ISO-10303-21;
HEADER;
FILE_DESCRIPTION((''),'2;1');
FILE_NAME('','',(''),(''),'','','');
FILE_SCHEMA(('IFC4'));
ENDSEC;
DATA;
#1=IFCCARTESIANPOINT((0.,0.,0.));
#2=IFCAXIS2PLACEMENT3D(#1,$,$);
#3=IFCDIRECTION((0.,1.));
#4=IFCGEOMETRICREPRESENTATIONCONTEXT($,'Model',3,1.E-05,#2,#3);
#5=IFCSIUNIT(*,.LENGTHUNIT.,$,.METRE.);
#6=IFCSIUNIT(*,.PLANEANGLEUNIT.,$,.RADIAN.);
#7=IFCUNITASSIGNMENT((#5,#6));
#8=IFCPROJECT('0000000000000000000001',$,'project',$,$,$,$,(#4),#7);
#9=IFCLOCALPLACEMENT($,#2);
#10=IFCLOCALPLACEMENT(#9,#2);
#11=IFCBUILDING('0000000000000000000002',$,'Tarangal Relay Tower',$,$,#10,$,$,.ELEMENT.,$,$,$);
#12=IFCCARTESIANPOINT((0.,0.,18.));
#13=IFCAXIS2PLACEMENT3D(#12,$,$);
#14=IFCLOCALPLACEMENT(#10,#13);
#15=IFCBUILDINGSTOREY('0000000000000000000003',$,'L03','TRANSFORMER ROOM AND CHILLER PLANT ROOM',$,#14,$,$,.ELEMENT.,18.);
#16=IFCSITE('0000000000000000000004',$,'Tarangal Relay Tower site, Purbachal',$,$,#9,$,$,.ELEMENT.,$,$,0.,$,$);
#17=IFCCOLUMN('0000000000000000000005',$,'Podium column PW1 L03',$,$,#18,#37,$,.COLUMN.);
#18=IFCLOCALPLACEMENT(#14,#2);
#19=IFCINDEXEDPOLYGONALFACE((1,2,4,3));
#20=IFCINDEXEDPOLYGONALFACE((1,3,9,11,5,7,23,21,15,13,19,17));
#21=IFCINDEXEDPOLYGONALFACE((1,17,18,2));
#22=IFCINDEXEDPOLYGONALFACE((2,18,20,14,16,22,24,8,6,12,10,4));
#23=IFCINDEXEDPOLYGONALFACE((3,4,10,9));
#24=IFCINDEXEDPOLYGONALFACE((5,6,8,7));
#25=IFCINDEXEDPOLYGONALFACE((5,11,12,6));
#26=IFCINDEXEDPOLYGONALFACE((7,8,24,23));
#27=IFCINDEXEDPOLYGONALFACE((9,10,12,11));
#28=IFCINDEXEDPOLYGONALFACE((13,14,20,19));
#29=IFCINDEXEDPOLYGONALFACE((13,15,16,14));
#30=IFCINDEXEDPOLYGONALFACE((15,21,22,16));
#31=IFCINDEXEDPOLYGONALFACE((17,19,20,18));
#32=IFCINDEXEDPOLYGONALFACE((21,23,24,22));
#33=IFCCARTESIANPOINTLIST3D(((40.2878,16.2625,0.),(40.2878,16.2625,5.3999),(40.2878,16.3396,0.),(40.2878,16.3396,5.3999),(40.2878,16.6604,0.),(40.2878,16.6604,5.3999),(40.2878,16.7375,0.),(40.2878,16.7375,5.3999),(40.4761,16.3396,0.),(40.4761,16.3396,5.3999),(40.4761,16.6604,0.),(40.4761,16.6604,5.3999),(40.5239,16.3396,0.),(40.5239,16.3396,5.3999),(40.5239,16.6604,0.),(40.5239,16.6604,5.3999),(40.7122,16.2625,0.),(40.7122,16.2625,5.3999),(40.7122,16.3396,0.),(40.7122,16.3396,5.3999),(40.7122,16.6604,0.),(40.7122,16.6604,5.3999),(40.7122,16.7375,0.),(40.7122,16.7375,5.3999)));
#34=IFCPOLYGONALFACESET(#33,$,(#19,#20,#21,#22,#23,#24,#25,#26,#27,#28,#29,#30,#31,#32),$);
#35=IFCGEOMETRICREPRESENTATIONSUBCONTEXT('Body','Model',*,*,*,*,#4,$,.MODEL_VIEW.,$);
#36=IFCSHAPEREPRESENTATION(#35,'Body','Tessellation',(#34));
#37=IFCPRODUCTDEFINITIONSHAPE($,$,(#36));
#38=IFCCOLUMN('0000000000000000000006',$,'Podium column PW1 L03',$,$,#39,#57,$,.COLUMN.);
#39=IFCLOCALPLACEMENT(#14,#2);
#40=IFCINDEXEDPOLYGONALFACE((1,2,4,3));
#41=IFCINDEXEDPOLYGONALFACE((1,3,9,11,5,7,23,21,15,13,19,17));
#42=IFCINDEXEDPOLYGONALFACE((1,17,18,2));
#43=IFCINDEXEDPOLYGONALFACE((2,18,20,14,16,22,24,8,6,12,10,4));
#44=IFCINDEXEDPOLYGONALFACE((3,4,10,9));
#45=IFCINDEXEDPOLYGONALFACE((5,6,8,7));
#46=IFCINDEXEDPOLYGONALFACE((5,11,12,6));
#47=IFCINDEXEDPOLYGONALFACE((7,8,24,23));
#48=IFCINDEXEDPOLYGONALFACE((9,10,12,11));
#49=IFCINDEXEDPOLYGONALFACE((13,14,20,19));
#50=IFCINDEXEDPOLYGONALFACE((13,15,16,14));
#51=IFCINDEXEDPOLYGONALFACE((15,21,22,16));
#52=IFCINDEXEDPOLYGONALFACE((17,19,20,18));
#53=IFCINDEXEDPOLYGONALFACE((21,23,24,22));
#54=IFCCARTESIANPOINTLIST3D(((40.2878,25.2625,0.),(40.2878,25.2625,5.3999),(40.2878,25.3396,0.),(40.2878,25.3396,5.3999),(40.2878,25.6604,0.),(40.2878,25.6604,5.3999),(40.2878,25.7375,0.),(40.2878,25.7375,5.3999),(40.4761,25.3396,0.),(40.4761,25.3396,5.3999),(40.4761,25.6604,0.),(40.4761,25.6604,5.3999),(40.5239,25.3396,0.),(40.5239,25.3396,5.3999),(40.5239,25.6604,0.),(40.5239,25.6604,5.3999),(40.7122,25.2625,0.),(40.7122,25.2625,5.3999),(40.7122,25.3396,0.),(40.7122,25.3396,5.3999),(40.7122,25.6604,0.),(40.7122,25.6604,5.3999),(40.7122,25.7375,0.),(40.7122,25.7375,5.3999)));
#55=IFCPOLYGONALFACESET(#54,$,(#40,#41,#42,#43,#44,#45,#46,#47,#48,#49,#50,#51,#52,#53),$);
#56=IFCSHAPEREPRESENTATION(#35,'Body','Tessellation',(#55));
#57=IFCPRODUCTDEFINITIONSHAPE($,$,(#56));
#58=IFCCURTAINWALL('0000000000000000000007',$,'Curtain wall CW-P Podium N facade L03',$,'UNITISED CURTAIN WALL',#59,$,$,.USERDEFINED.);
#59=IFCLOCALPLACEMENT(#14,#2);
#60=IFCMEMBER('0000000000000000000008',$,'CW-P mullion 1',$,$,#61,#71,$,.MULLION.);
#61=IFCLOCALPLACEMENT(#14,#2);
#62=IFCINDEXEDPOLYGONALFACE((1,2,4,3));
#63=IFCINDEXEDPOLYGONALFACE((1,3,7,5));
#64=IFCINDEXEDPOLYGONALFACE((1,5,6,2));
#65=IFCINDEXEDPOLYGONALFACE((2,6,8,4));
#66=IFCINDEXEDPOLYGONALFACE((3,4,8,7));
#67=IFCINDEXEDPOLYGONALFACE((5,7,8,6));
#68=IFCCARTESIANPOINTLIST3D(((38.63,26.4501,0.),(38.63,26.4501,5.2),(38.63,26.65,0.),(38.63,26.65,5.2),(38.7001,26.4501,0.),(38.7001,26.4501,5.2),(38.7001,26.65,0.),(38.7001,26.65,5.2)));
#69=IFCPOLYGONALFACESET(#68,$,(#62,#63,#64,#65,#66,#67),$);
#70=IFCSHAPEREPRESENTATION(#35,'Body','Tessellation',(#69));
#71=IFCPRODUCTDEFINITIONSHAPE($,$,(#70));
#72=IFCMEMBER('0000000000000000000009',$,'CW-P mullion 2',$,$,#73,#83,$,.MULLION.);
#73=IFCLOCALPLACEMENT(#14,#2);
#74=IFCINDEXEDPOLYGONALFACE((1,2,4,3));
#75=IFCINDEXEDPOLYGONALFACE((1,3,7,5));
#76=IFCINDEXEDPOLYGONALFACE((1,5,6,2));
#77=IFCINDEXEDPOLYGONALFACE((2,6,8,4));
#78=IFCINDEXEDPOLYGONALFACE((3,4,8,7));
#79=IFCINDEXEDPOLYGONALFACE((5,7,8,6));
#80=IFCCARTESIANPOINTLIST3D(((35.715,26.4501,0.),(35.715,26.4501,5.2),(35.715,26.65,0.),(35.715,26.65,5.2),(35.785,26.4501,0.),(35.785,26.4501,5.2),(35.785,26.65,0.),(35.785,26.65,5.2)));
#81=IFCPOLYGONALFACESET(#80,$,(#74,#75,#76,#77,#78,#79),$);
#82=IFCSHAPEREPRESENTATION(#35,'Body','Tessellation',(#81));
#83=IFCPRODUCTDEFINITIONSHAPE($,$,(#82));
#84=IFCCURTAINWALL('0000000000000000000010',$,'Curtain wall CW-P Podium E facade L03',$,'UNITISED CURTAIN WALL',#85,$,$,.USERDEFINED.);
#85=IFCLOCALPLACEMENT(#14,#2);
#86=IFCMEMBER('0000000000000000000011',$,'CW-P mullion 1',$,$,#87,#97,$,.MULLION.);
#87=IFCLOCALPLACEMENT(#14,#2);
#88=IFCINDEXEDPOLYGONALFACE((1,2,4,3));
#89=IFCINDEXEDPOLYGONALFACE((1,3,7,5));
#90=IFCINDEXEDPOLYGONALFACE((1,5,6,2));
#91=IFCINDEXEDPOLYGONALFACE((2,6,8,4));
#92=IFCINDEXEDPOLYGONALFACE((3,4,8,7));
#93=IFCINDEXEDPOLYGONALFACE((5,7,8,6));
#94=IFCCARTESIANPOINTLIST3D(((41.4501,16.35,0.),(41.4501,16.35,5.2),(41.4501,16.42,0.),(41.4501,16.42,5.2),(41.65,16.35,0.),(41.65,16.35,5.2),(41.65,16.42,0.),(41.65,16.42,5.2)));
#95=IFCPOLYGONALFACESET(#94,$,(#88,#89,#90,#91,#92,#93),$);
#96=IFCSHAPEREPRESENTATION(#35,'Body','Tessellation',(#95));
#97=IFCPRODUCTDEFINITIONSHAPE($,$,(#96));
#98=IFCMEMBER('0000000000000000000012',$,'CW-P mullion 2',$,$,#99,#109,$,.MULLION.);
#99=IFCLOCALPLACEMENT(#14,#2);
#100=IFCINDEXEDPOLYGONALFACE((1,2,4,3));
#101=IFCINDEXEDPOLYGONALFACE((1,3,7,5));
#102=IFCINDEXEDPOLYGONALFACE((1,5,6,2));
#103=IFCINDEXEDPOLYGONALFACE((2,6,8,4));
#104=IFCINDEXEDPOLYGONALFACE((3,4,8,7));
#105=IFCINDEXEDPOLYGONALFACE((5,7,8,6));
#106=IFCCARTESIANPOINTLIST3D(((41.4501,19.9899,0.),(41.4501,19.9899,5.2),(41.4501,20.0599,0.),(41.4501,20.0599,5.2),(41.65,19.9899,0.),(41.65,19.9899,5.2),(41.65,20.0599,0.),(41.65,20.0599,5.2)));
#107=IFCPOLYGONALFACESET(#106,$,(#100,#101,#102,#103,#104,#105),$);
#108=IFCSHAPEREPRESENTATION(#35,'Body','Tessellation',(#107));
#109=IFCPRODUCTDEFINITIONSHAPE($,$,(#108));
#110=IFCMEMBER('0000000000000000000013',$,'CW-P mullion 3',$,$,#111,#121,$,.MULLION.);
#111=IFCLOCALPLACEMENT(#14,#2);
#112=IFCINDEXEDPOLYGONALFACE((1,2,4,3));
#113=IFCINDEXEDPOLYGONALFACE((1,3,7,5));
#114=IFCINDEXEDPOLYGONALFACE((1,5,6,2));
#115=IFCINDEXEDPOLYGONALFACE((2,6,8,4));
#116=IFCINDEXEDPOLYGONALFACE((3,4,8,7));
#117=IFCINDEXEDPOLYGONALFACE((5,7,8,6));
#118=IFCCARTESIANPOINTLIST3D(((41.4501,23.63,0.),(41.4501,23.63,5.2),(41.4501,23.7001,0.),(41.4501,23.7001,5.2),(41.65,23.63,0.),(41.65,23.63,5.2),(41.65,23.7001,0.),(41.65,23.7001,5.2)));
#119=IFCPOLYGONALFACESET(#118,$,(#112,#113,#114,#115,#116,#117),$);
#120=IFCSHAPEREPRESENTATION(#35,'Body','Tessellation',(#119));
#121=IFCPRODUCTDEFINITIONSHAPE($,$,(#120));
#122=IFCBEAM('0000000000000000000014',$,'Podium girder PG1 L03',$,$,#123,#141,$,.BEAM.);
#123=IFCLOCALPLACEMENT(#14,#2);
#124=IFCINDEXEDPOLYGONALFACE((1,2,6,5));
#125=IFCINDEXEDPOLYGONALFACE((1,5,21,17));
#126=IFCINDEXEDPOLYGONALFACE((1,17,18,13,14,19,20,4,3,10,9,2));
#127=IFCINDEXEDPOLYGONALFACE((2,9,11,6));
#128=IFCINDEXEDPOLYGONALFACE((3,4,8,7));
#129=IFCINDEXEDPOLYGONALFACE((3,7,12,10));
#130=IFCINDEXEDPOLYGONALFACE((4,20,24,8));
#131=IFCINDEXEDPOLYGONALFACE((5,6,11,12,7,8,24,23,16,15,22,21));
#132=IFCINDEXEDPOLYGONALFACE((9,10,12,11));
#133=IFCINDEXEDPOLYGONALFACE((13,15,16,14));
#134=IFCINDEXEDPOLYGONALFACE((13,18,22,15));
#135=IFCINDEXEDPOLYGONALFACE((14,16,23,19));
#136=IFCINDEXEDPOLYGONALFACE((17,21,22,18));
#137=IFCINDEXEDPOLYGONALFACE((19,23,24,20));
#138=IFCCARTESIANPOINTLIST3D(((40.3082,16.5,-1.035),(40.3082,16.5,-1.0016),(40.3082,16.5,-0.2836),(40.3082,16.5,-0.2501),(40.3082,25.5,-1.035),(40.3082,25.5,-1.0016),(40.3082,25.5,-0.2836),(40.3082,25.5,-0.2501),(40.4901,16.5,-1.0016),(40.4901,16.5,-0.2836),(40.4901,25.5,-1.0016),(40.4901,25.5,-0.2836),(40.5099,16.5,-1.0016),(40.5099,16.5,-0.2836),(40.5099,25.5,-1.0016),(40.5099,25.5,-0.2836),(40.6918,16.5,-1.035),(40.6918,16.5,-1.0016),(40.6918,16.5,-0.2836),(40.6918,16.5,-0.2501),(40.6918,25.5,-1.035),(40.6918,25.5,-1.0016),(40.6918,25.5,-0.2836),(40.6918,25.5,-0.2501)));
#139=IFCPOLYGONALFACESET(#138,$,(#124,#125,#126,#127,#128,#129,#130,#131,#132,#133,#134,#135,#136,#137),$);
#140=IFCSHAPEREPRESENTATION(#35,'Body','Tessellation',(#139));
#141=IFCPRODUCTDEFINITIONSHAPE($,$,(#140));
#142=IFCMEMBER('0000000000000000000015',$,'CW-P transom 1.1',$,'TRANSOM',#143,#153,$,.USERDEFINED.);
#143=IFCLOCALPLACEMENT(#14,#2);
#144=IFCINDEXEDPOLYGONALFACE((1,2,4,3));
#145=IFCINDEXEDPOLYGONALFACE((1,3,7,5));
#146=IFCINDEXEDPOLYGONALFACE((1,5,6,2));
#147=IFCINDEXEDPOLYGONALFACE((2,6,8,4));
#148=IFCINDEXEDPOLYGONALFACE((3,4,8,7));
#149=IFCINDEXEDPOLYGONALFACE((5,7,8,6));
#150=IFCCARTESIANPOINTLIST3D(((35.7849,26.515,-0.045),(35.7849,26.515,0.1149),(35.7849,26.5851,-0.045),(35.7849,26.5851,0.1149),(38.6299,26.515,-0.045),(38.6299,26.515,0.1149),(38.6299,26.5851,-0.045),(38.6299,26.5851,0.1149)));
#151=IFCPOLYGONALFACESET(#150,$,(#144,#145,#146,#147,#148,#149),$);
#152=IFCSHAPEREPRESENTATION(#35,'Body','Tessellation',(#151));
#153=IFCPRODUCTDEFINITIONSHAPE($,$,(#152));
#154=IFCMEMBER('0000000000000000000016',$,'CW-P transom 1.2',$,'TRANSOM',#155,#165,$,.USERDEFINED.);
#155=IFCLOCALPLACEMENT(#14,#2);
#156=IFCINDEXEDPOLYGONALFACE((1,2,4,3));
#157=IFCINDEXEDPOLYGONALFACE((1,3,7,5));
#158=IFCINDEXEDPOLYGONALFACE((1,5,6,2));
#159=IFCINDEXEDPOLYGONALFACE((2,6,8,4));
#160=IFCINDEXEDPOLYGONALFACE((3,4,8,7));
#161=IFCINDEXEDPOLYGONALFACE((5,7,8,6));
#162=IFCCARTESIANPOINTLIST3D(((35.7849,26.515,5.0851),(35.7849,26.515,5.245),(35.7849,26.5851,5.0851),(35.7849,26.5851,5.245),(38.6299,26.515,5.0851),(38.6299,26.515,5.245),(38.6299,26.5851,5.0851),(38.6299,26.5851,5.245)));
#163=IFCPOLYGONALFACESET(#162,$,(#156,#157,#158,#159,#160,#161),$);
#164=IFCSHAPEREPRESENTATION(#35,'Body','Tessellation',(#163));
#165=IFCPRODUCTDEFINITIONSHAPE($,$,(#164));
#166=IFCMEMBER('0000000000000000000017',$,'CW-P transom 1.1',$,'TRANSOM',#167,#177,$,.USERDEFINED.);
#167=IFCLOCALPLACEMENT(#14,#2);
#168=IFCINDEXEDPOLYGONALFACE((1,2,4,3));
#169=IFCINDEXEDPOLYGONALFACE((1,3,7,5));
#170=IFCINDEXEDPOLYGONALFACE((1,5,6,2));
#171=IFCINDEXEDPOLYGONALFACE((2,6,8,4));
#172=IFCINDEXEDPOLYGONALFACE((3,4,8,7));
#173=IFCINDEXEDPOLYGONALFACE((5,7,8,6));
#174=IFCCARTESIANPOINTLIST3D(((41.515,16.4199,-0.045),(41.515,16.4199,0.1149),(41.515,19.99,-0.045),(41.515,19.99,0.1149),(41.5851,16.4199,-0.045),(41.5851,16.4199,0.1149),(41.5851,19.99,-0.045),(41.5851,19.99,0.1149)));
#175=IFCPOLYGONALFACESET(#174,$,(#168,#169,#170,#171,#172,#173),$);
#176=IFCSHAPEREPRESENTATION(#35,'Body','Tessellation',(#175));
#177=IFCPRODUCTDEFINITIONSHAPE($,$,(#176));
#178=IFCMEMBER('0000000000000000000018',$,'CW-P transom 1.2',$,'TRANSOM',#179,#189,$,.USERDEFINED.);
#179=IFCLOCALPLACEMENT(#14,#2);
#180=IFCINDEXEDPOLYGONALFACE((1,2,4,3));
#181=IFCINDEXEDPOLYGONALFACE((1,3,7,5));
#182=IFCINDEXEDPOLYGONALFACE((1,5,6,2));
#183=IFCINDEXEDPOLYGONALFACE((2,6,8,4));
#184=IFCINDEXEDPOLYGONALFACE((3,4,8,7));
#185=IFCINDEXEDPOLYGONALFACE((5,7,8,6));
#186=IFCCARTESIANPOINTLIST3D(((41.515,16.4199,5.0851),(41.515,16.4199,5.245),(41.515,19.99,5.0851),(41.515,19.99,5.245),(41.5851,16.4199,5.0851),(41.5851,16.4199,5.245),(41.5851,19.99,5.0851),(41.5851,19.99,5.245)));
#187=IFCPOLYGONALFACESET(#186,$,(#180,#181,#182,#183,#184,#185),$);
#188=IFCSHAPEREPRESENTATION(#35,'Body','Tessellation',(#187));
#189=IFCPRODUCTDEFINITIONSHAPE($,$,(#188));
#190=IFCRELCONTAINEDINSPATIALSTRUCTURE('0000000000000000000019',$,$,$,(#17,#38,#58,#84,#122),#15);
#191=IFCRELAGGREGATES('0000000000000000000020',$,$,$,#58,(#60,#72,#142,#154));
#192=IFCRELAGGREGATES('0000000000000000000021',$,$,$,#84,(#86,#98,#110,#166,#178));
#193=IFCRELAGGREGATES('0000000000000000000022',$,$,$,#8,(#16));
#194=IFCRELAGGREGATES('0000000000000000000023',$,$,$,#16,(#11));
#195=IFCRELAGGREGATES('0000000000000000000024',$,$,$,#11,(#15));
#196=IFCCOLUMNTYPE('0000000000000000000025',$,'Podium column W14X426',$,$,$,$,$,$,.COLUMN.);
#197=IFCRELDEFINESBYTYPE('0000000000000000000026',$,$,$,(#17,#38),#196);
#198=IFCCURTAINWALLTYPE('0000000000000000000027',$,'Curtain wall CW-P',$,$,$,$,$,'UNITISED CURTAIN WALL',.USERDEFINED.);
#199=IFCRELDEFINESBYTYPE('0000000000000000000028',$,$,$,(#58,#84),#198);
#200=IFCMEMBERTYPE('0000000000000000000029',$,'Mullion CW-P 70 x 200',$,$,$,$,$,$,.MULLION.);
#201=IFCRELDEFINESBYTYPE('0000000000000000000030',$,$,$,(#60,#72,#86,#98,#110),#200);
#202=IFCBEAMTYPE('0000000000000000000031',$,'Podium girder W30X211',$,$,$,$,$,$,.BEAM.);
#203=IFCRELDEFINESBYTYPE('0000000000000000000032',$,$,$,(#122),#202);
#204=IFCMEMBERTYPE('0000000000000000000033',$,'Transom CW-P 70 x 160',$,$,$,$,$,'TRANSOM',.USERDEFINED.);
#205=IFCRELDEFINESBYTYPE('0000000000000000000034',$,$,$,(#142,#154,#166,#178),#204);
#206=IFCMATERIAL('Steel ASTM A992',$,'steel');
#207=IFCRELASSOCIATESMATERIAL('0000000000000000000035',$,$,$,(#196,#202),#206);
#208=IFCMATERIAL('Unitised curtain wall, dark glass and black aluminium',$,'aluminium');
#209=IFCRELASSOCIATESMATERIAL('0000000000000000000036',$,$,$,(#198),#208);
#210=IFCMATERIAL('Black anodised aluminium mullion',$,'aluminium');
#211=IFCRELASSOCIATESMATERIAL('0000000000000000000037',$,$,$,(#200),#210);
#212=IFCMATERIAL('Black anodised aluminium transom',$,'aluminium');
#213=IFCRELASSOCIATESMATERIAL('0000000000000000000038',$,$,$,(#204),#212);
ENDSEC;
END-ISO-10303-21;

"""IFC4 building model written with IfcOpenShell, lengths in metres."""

from ifc_helpers import new_model, si_unit, direction, frame, origin, origin_2d, place, context, subcontext, project, spatial, rectangle, i_section, extrude, material, material_profile, profile_set, type_object, element, aggregate, save


model = new_model("IFC4")

# Units and contexts
model_context = context("Model", 3, precision=1e-05, world=origin(), true_north=direction((0.0, 1.0)))
body_context = subcontext(model_context, "Body", "Model", "MODEL_VIEW")
ifc_project = project(units=[si_unit("LENGTHUNIT", "METRE"), si_unit("PLANEANGLEUNIT", "RADIAN")], contexts=[model_context])

# Site, building, storey
site_placement = place(None, origin())
site = spatial("IfcSite", under=ifc_project, at=site_placement, Name="Tarangal Relay Tower site, Purbachal", CompositionType="ELEMENT", RefElevation=0.0)
building_placement = place(site_placement, origin())
building = spatial("IfcBuilding", under=site, at=building_placement, Name="Tarangal Relay Tower", CompositionType="ELEMENT")
storey_placement = place(building_placement, frame((0.0, 0.0, 18.0)))
storey = spatial("IfcBuildingStorey", under=building, at=storey_placement, Name="L03", Description="TRANSFORMER ROOM AND CHILLER PLANT ROOM", CompositionType="ELEMENT", Elevation=18.0)

# Columns
ifc_material_1 = material(Name="Steel ASTM A992", Category="steel")
ifc_material_profile_1 = material_profile(ifc_material_1, i_section(OverallWidth=0.4243, OverallDepth=0.4751, WebThickness=0.0479, FlangeThickness=0.0771, at=origin_2d()), Name="W14X426")
ifc_profile_set_1 = profile_set([ifc_material_profile_1], Name="Steel ASTM A992")
column_type = type_object("IfcColumnType", Name="Podium column W14X426", PredefinedType="COLUMN", material=ifc_profile_set_1)
for number, where, z_axis, x_axis, name in (
    (1, (40.5, 16.5, 0.0), (0.0, 0.0, 1.0), (1.0, 0.0, 0.0), "Podium column PW1 L03"),
    (2, (40.5, 25.5, 0.0), (0.0, 0.0, 1.0), (1.0, 0.0, 0.0), "Podium column PW1 L03"),
):
    element("IfcColumn", number, at=place(storey_placement, frame(where, z_axis=z_axis, x_axis=x_axis)), inside=storey, type_object=column_type, Name=name, PredefinedType="COLUMN", context=body_context, shape_type="SweptSolid", body=[
        extrude(i_section(OverallWidth=0.4243, OverallDepth=0.4751, WebThickness=0.0479, FlangeThickness=0.0771, at=origin_2d()), origin(), (0.0, 0.0, 1.0), 5.3999),
    ])

# Curtain walls, members
ifc_material_2 = material(Name="Unitised curtain wall, dark glass and black aluminium", Category="aluminium")
curtain_wall_type = type_object("IfcCurtainWallType", Name="Curtain wall CW-P", ElementType="UNITISED CURTAIN WALL", PredefinedType="USERDEFINED", material=ifc_material_2)
curtain_wall_1_placement = place(storey_placement, origin())
curtain_wall_1 = element("IfcCurtainWall", 3, at=curtain_wall_1_placement, inside=storey, type_object=curtain_wall_type, Name="Curtain wall CW-P Podium N facade L03", ObjectType="UNITISED CURTAIN WALL", PredefinedType="USERDEFINED")
ifc_material_3 = material(Name="Black anodised aluminium mullion", Category="aluminium")
ifc_material_profile_2 = material_profile(ifc_material_3, rectangle(XDim=0.2, YDim=0.0701, at=origin_2d()), Name="CW-PM 70X200")
ifc_profile_set_2 = profile_set([ifc_material_profile_2], Name="Black anodised aluminium mullion")
member_type_1 = type_object("IfcMemberType", Name="Mullion CW-P 70 x 200", PredefinedType="MULLION", material=ifc_profile_set_2)
member_1_placement = place(storey_placement, frame((38.665, 26.55, 0.0), z_axis=(0.0, 0.0, 1.0), x_axis=(0.0, -1.0, 0.0)))
member_1 = element("IfcMember", 4, at=member_1_placement, type_object=member_type_1, Name="CW-P mullion 1", PredefinedType="MULLION", context=body_context, shape_type="SweptSolid", body=[
    extrude(rectangle(XDim=0.2, YDim=0.0701, at=origin_2d()), origin(), (0.0, 0.0, 1.0), 5.2),
])
member_2_placement = place(storey_placement, frame((35.75, 26.55, 0.0), z_axis=(0.0, 0.0, 1.0), x_axis=(0.0, -1.0, 0.0)))
member_2 = element("IfcMember", 5, at=member_2_placement, type_object=member_type_1, Name="CW-P mullion 2", PredefinedType="MULLION", context=body_context, shape_type="SweptSolid", body=[
    extrude(rectangle(XDim=0.2, YDim=0.0701, at=origin_2d()), origin(), (0.0, 0.0, 1.0), 5.2),
])
curtain_wall_2_placement = place(storey_placement, origin())
curtain_wall_2 = element("IfcCurtainWall", 6, at=curtain_wall_2_placement, inside=storey, type_object=curtain_wall_type, Name="Curtain wall CW-P Podium E facade L03", ObjectType="UNITISED CURTAIN WALL", PredefinedType="USERDEFINED")
member_3_placement = place(storey_placement, frame((41.55, 16.385, 0.0), z_axis=(0.0, 0.0, 1.0), x_axis=(-1.0, 0.0, 0.0)))
member_3 = element("IfcMember", 7, at=member_3_placement, type_object=member_type_1, Name="CW-P mullion 1", PredefinedType="MULLION", context=body_context, shape_type="SweptSolid", body=[
    extrude(rectangle(XDim=0.2, YDim=0.0701, at=origin_2d()), origin(), (0.0, 0.0, 1.0), 5.2),
])
member_4_placement = place(storey_placement, frame((41.55, 20.0249, 0.0), z_axis=(0.0, 0.0, 1.0), x_axis=(-1.0, 0.0, 0.0)))
member_4 = element("IfcMember", 8, at=member_4_placement, type_object=member_type_1, Name="CW-P mullion 2", PredefinedType="MULLION", context=body_context, shape_type="SweptSolid", body=[
    extrude(rectangle(XDim=0.2, YDim=0.0701, at=origin_2d()), origin(), (0.0, 0.0, 1.0), 5.2),
])
member_5_placement = place(storey_placement, frame((41.55, 23.665, 0.0), z_axis=(0.0, 0.0, 1.0), x_axis=(-1.0, 0.0, 0.0)))
member_5 = element("IfcMember", 9, at=member_5_placement, type_object=member_type_1, Name="CW-P mullion 3", PredefinedType="MULLION", context=body_context, shape_type="SweptSolid", body=[
    extrude(rectangle(XDim=0.2, YDim=0.0701, at=origin_2d()), origin(), (0.0, 0.0, 1.0), 5.2),
])

# Beam
ifc_material_profile_3 = material_profile(ifc_material_1, i_section(OverallWidth=0.3835, OverallDepth=0.7849, WebThickness=0.0198, FlangeThickness=0.0334, at=origin_2d()), Name="W30X211")
ifc_profile_set_3 = profile_set([ifc_material_profile_3], Name="Steel ASTM A992")
beam_type = type_object("IfcBeamType", Name="Podium girder W30X211", PredefinedType="BEAM", material=ifc_profile_set_3)
beam_placement = place(storey_placement, frame((40.5, 16.5, -0.6426), z_axis=(0.0, 1.0, 0.0), x_axis=(-1.0, 0.0, 0.0)))
element("IfcBeam", 10, at=beam_placement, inside=storey, type_object=beam_type, Name="Podium girder PG1 L03", PredefinedType="BEAM", context=body_context, shape_type="SweptSolid", body=[
    extrude(i_section(OverallWidth=0.3835, OverallDepth=0.7849, WebThickness=0.0198, FlangeThickness=0.0334, at=origin_2d()), origin(), (0.0, 0.0, 1.0), 9.0),
])

# Members
ifc_material_4 = material(Name="Black anodised aluminium transom", Category="aluminium")
ifc_material_profile_4 = material_profile(ifc_material_4, rectangle(XDim=0.0701, YDim=0.1599, at=origin_2d()), Name="CW-PT 70X160")
ifc_profile_set_4 = profile_set([ifc_material_profile_4], Name="Black anodised aluminium transom")
member_type_2 = type_object("IfcMemberType", Name="Transom CW-P 70 x 160", ElementType="TRANSOM", PredefinedType="USERDEFINED", material=ifc_profile_set_4)
member_6_placement = place(storey_placement, frame((38.6299, 26.55, 0.0349), z_axis=(-1.0, 0.0, 0.0), x_axis=(0.0, -1.0, 0.0)))
member_6 = element("IfcMember", 11, at=member_6_placement, type_object=member_type_2, Name="CW-P transom 1.1", ObjectType="TRANSOM", PredefinedType="USERDEFINED", context=body_context, shape_type="SweptSolid", body=[
    extrude(rectangle(XDim=0.0701, YDim=0.1599, at=origin_2d()), origin(), (0.0, 0.0, 1.0), 2.845),
])
member_7_placement = place(storey_placement, frame((38.6299, 26.55, 5.165), z_axis=(-1.0, 0.0, 0.0), x_axis=(0.0, -1.0, 0.0)))
member_7 = element("IfcMember", 12, at=member_7_placement, type_object=member_type_2, Name="CW-P transom 1.2", ObjectType="TRANSOM", PredefinedType="USERDEFINED", context=body_context, shape_type="SweptSolid", body=[
    extrude(rectangle(XDim=0.0701, YDim=0.1599, at=origin_2d()), origin(), (0.0, 0.0, 1.0), 2.845),
])
member_8_placement = place(storey_placement, frame((41.55, 16.4199, 0.0349), z_axis=(0.0, 1.0, 0.0), x_axis=(-1.0, 0.0, 0.0)))
member_8 = element("IfcMember", 13, at=member_8_placement, type_object=member_type_2, Name="CW-P transom 1.1", ObjectType="TRANSOM", PredefinedType="USERDEFINED", context=body_context, shape_type="SweptSolid", body=[
    extrude(rectangle(XDim=0.0701, YDim=0.1599, at=origin_2d()), origin(), (0.0, 0.0, 1.0), 3.5701),
])
member_9_placement = place(storey_placement, frame((41.55, 16.4199, 5.165), z_axis=(0.0, 1.0, 0.0), x_axis=(-1.0, 0.0, 0.0)))
member_9 = element("IfcMember", 14, at=member_9_placement, type_object=member_type_2, Name="CW-P transom 1.2", ObjectType="TRANSOM", PredefinedType="USERDEFINED", context=body_context, shape_type="SweptSolid", body=[
    extrude(rectangle(XDim=0.0701, YDim=0.1599, at=origin_2d()), origin(), (0.0, 0.0, 1.0), 3.5701),
])

aggregate(curtain_wall_1, [member_1, member_2, member_6, member_7])
aggregate(curtain_wall_2, [member_3, member_4, member_5, member_8, member_9])

save(model, "model.ifc")
